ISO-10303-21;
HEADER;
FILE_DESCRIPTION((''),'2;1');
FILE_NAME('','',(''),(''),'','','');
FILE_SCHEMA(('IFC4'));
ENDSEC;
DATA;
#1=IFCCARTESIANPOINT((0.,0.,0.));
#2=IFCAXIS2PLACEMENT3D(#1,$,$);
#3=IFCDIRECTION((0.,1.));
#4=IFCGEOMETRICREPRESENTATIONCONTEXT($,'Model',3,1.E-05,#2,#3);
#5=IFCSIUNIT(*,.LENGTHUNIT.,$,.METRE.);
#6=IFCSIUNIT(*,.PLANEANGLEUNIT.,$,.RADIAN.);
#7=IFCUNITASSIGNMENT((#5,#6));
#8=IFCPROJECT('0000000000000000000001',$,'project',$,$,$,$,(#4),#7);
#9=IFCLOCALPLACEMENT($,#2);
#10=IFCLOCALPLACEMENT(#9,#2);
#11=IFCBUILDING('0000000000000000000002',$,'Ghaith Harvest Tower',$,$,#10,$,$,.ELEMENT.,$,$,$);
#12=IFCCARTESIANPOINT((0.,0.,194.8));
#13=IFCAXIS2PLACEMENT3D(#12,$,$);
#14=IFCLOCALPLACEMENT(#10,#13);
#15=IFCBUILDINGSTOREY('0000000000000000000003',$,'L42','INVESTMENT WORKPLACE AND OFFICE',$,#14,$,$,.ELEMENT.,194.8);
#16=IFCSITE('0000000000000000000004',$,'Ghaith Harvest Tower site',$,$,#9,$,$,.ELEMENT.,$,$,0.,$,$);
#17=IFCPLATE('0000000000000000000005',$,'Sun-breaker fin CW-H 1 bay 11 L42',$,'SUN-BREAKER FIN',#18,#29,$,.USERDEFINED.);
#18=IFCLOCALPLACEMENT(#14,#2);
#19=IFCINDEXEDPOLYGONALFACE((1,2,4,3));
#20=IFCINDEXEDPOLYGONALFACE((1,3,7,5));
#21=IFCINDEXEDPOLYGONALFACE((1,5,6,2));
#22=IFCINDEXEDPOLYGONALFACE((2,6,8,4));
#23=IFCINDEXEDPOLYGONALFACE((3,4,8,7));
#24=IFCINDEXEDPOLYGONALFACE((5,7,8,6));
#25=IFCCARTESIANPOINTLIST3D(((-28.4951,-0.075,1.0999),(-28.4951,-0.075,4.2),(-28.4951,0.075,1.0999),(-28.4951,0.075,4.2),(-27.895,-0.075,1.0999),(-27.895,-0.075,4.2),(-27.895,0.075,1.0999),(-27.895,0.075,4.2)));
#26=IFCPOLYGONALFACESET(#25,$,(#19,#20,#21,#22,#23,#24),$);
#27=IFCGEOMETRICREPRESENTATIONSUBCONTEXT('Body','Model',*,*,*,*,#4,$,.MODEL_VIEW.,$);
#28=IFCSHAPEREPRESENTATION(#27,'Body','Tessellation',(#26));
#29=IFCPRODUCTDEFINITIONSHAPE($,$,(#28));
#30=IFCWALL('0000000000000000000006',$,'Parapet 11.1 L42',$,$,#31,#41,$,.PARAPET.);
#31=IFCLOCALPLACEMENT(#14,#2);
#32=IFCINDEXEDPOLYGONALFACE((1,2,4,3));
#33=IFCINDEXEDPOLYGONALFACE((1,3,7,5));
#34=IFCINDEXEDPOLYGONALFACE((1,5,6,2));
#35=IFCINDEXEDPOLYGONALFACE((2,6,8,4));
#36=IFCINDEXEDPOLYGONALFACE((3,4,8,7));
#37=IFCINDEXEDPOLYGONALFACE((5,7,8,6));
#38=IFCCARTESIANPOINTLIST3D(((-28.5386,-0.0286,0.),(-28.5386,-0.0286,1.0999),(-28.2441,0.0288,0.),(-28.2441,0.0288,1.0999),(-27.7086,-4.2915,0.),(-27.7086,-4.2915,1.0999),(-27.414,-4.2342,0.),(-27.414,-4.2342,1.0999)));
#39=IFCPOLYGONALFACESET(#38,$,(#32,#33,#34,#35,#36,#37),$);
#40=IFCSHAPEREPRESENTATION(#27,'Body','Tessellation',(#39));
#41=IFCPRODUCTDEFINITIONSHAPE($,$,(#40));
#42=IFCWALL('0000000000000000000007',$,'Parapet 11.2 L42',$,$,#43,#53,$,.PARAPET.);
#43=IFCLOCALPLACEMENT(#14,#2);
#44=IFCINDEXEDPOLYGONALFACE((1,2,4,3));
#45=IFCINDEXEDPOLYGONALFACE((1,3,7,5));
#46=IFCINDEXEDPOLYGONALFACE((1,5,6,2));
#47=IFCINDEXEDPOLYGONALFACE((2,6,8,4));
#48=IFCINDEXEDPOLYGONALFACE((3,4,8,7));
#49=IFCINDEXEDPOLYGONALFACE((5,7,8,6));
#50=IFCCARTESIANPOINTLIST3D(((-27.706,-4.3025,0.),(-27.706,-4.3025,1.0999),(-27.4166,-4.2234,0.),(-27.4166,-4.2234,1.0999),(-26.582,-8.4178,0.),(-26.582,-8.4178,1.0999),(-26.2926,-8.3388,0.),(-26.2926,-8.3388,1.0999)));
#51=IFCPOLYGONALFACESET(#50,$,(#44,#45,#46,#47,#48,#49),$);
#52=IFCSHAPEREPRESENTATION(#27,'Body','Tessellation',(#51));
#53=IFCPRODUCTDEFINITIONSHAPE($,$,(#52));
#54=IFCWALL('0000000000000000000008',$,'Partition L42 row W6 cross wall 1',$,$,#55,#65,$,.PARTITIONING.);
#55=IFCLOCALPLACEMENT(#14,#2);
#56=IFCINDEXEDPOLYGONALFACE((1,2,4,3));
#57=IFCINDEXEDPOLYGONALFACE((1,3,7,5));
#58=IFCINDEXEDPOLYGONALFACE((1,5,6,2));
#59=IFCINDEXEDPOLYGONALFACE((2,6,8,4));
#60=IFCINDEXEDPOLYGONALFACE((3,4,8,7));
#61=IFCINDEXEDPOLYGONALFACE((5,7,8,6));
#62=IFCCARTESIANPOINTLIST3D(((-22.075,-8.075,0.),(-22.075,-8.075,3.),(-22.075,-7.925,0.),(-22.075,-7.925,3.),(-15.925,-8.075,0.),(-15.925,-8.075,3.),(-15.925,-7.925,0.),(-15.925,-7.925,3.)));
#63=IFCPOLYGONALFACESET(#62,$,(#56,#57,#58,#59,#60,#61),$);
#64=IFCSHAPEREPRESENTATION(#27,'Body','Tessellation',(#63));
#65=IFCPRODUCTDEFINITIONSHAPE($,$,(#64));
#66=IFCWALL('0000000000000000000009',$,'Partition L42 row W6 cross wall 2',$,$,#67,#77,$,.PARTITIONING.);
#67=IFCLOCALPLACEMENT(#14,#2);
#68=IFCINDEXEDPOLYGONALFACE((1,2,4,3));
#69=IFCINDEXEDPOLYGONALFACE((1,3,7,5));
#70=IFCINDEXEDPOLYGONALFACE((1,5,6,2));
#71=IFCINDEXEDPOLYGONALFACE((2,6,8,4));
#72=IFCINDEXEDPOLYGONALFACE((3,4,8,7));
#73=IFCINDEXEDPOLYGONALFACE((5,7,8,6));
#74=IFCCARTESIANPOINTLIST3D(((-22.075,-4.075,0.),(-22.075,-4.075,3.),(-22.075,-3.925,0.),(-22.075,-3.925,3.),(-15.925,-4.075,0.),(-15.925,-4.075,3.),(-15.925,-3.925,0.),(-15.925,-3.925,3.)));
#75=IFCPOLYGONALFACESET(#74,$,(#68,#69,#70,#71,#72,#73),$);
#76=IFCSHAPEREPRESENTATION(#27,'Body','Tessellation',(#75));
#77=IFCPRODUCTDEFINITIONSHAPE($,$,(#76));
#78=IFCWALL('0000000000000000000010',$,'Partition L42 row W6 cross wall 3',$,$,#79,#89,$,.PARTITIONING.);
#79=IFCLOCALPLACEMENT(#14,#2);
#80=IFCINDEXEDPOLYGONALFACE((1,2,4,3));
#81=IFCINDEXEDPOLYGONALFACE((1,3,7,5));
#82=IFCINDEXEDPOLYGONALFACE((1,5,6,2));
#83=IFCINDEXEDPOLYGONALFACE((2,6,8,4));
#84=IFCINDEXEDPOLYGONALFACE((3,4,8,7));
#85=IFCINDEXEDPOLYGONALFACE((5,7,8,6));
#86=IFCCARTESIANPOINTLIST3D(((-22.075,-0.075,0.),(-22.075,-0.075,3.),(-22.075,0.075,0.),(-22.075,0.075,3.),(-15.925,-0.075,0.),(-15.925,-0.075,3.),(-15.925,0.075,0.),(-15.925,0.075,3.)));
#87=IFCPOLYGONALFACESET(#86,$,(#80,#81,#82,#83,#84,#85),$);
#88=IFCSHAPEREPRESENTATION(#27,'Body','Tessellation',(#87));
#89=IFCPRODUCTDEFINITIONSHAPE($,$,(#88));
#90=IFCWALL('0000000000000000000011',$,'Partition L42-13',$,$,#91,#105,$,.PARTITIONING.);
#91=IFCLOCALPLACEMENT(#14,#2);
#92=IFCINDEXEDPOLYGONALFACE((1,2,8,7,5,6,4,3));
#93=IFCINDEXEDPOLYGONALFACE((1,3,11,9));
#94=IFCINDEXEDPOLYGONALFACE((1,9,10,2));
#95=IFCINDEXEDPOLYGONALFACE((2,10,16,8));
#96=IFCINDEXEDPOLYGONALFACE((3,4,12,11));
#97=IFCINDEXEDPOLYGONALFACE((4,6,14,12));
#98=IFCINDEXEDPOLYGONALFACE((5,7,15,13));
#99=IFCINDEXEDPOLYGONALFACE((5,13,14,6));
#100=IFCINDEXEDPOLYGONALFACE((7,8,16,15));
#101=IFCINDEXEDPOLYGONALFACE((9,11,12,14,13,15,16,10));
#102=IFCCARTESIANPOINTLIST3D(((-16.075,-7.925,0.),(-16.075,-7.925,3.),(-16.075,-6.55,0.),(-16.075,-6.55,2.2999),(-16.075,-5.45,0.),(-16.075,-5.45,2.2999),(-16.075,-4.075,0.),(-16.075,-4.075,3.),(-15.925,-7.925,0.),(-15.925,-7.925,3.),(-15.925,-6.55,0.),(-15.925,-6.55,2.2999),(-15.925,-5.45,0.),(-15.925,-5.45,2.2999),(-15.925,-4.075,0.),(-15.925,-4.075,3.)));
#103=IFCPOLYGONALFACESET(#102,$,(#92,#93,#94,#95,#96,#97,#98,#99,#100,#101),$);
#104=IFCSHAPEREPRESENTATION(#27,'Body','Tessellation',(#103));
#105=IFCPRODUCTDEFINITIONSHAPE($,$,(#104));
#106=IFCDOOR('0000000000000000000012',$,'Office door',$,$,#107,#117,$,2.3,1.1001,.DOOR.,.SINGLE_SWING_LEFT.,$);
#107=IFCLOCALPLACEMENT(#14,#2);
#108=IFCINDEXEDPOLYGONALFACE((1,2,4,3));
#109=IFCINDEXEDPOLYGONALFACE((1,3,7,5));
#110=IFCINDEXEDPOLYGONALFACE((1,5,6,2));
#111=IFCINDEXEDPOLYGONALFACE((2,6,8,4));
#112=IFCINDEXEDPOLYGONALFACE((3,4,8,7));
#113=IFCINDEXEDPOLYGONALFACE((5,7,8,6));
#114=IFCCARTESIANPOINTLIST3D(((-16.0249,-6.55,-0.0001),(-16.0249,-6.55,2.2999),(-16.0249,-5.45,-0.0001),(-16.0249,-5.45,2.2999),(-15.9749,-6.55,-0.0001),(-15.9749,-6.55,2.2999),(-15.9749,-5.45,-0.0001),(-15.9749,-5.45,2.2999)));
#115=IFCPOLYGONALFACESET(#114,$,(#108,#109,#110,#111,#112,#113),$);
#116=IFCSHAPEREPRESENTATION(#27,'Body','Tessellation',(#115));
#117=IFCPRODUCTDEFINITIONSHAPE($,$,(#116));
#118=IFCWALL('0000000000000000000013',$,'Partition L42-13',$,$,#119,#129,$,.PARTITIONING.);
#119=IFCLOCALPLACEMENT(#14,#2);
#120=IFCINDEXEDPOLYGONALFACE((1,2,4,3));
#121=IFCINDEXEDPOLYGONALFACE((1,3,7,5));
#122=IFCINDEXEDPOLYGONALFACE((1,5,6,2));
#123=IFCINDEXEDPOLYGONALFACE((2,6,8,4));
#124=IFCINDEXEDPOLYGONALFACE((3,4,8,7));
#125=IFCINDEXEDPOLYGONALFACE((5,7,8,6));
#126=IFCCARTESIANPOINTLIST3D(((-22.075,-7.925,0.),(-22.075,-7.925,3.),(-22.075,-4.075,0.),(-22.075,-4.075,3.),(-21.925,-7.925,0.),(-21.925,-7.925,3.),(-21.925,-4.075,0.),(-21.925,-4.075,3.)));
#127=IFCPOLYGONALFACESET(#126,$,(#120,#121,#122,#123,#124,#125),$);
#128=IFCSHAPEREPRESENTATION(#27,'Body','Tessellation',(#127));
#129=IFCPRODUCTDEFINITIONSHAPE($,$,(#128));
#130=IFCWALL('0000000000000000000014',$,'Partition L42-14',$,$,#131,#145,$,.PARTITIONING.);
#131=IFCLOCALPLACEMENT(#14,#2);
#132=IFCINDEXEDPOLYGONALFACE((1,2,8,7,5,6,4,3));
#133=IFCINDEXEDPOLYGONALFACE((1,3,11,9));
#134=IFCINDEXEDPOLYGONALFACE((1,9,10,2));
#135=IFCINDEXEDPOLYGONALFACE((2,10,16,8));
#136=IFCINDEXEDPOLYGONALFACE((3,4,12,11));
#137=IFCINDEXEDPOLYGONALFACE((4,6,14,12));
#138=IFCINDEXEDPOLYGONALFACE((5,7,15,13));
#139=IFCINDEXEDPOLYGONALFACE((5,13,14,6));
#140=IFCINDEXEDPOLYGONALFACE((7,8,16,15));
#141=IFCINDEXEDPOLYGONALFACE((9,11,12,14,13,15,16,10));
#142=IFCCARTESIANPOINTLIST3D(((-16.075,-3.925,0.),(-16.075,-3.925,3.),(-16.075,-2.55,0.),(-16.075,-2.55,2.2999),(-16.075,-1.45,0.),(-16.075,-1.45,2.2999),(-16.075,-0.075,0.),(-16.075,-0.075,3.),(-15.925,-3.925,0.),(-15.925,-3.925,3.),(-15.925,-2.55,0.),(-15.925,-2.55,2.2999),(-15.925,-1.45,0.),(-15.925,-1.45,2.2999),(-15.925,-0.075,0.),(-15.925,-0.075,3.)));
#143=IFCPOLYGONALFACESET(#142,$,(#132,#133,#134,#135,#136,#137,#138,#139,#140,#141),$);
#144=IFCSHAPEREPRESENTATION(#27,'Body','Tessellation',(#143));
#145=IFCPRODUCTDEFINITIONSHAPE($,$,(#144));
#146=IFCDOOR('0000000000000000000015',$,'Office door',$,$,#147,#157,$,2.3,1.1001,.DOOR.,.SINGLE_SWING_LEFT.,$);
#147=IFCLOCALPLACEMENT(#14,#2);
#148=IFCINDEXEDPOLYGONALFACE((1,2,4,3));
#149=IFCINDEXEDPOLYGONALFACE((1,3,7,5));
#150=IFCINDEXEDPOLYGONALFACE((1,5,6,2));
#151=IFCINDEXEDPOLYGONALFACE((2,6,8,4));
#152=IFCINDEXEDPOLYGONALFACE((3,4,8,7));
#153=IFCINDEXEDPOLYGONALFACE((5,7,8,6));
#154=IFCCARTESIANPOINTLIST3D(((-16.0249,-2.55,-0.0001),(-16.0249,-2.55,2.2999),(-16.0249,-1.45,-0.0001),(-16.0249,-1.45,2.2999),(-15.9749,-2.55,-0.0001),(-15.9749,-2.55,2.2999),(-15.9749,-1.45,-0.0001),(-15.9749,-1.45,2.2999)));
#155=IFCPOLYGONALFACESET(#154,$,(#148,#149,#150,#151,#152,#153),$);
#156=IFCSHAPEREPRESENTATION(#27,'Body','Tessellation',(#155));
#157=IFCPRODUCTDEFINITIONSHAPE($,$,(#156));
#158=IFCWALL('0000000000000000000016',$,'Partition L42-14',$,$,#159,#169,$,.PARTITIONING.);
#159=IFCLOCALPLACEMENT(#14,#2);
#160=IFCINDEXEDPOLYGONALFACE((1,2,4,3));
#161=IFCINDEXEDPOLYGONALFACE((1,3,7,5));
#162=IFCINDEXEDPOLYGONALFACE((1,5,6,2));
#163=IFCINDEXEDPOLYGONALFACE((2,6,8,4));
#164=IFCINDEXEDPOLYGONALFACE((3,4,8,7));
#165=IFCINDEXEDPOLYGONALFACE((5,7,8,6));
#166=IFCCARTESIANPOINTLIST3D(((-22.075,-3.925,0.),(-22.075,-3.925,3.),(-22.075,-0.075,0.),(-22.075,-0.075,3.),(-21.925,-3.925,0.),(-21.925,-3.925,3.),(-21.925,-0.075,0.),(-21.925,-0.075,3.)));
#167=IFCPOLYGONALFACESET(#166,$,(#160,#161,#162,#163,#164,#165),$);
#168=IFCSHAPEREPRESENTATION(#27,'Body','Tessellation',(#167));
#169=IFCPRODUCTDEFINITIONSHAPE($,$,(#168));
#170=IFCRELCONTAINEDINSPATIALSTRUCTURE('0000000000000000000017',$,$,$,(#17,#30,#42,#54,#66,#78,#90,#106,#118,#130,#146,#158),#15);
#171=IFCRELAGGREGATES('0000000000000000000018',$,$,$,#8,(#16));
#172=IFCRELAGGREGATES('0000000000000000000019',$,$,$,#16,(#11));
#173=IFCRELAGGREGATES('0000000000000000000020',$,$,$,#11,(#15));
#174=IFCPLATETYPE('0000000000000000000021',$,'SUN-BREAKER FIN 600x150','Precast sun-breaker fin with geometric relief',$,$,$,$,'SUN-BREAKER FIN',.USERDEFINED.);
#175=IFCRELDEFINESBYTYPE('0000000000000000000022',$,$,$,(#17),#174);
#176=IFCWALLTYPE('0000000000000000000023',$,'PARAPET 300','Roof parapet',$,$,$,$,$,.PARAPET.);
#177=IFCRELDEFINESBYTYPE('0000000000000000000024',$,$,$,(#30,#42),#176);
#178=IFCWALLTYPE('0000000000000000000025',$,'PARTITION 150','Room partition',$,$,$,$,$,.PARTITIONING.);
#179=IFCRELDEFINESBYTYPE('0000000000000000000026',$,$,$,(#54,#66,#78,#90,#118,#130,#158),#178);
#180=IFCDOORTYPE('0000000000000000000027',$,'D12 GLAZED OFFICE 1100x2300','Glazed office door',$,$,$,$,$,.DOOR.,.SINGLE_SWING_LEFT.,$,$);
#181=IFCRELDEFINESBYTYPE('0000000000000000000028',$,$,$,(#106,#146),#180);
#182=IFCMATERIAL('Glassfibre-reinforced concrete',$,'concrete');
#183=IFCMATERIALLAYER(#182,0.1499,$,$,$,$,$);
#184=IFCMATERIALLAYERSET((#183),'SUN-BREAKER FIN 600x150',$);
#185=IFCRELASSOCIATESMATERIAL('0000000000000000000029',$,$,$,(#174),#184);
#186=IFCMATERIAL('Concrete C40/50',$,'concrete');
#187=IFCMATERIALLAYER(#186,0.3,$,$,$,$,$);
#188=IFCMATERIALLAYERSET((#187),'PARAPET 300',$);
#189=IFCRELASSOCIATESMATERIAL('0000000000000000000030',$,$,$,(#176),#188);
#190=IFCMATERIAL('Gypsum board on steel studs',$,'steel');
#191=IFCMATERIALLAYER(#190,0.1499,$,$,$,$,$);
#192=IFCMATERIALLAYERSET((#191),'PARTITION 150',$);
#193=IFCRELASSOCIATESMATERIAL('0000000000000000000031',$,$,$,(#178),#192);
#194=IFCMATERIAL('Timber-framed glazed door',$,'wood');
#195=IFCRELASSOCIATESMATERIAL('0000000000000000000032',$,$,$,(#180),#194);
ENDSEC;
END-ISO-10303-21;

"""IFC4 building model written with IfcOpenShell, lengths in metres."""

from ifc_helpers import new_model, si_unit, direction, frame, frame_2d, origin, origin_2d, place, context, subcontext, project, spatial, rectangle, extrude, material, layer, layer_set, type_object, element, fill, save


model = new_model("IFC4")

# Units and contexts
model_context = context("Model", 3, precision=1e-05, world=origin(), true_north=direction((0.0, 1.0)))
body_context = subcontext(model_context, "Body", "Model", "MODEL_VIEW")
ifc_project = project(units=[si_unit("LENGTHUNIT", "METRE"), si_unit("PLANEANGLEUNIT", "RADIAN")], contexts=[model_context])

# Site, building, storey
site_placement = place(None, origin())
site = spatial("IfcSite", under=ifc_project, at=site_placement, Name="Ghaith Harvest Tower site", CompositionType="ELEMENT", RefElevation=0.0)
building_placement = place(site_placement, origin())
building = spatial("IfcBuilding", under=site, at=building_placement, Name="Ghaith Harvest Tower", CompositionType="ELEMENT")
storey_placement = place(building_placement, frame((0.0, 0.0, 194.8)))
storey = spatial("IfcBuildingStorey", under=building, at=storey_placement, Name="L42", Description="INVESTMENT WORKPLACE AND OFFICE", CompositionType="ELEMENT", Elevation=194.8)

# Plate
ifc_material_1 = material(Name="Glassfibre-reinforced concrete", Category="concrete")
ifc_layer_1 = layer(ifc_material_1, 0.1499)
ifc_layer_set_1 = layer_set([ifc_layer_1], Name="SUN-BREAKER FIN 600x150")
plate_type_1 = type_object("IfcPlateType", Name="SUN-BREAKER FIN 600x150", Description="Precast sun-breaker fin with geometric relief", ElementType="SUN-BREAKER FIN", PredefinedType="USERDEFINED", material=ifc_layer_set_1)
plate_1_placement = place(storey_placement, frame((-28.1951, 0.0, 1.0999), z_axis=(0.0, 0.0, 1.0), x_axis=(-1.0, 0.0, 0.0)))
element("IfcPlate", 1, at=plate_1_placement, inside=storey, type_object=plate_type_1, Name="Sun-breaker fin CW-H 1 bay 11 L42", ObjectType="SUN-BREAKER FIN", PredefinedType="USERDEFINED", context=body_context, shape_type="SweptSolid", body=[
    extrude(rectangle(XDim=0.6001, YDim=0.1499, at=origin_2d()), origin(), (0.0, 0.0, 1.0), 3.1001),
])

# Walls
ifc_material_2 = material(Name="Concrete C40/50", Category="concrete")
ifc_layer_2 = layer(ifc_material_2, 0.3)
ifc_layer_set_2 = layer_set([ifc_layer_2], Name="PARAPET 300")
wall_type_1 = type_object("IfcWallType", Name="PARAPET 300", Description="Roof parapet", PredefinedType="PARAPET", material=ifc_layer_set_2)
wall_1_placement = place(storey_placement, frame((-28.3914, 0.0, 0.0), z_axis=(0.0, 0.0, 1.0), x_axis=(0.19113, -0.981565, 0.0)))
element("IfcWall", 2, at=wall_1_placement, inside=storey, type_object=wall_type_1, Name="Parapet 11.1 L42", PredefinedType="PARAPET", context=body_context, shape_type="SweptSolid", body=[
    extrude(rectangle(XDim=4.343, YDim=0.3, at=frame_2d((2.1714, 0.0))), origin(), (0.0, 0.0, 1.0), 1.0999),
])
wall_2_placement = place(storey_placement, frame((-27.5613, -4.2629, 0.0), z_axis=(0.0, 0.0, 1.0), x_axis=(0.263471, -0.964667, 0.0)))
element("IfcWall", 3, at=wall_2_placement, inside=storey, type_object=wall_type_1, Name="Parapet 11.2 L42", PredefinedType="PARAPET", context=body_context, shape_type="SweptSolid", body=[
    extrude(rectangle(XDim=4.2661, YDim=0.3, at=frame_2d((2.1331, 0.0))), origin(), (0.0, 0.0, 1.0), 1.0999),
])
ifc_material_3 = material(Name="Gypsum board on steel studs", Category="steel")
ifc_layer_3 = layer(ifc_material_3, 0.1499)
ifc_layer_set_3 = layer_set([ifc_layer_3], Name="PARTITION 150")
wall_type_2 = type_object("IfcWallType", Name="PARTITION 150", Description="Room partition", PredefinedType="PARTITIONING", material=ifc_layer_set_3)
for number, where, z_axis, x_axis, name in (
    (4, (-15.925, -8.0, 0.0), (0.0, 0.0, 1.0), (-1.0, 0.0, 0.0), "Partition L42 row W6 cross wall 1"),
    (5, (-15.925, -4.0, 0.0), (0.0, 0.0, 1.0), (-1.0, 0.0, 0.0), "Partition L42 row W6 cross wall 2"),
    (6, (-15.925, 0.0, 0.0), (0.0, 0.0, 1.0), (-1.0, 0.0, 0.0), "Partition L42 row W6 cross wall 3"),
):
    element("IfcWall", number, at=place(storey_placement, frame(where, z_axis=z_axis, x_axis=x_axis)), inside=storey, type_object=wall_type_2, Name=name, PredefinedType="PARTITIONING", context=body_context, shape_type="SweptSolid", body=[
        extrude(rectangle(XDim=6.1499, YDim=0.1499, at=frame_2d((3.075, 0.0))), origin(), (0.0, 0.0, 1.0), 3.0),
    ])

# Wall, opening, door
wall_3_placement = place(storey_placement, frame((-16.0, -7.925, 0.0), z_axis=(0.0, 0.0, 1.0), x_axis=(0.0, 1.0, 0.0)))
wall_3 = element("IfcWall", 7, at=wall_3_placement, inside=storey, type_object=wall_type_2, Name="Partition L42-13", PredefinedType="PARTITIONING", context=body_context, shape_type="SweptSolid", body=[
    extrude(rectangle(XDim=3.8501, YDim=0.1499, at=frame_2d((1.925, 0.0))), origin(), (0.0, 0.0, 1.0), 3.0),
])
opening_1_placement = place(wall_3_placement, frame((1.375, 0.0, 0.0)))
opening_1 = element("IfcOpeningElement", 8, at=opening_1_placement, cuts=wall_3, PredefinedType="OPENING", context=body_context, shape_type="SweptSolid", body=[
    extrude(rectangle(XDim=1.1001, YDim=2.3, at=frame_2d((0.55, 1.1499))), frame((0.0, 0.085, 0.0), z_axis=(0.0, -1.0, 0.0), x_axis=(1.0, 0.0, 0.0)), (0.0, 0.0, 1.0), 0.1699),
])
ifc_material_4 = material(Name="Timber-framed glazed door", Category="wood")
door_type = type_object("IfcDoorType", Name="D12 GLAZED OFFICE 1100x2300", Description="Glazed office door", OperationType="SINGLE_SWING_LEFT", PredefinedType="DOOR", material=ifc_material_4)
door_1_placement = place(opening_1_placement, origin())
door_1 = element("IfcDoor", 9, at=door_1_placement, inside=storey, type_object=door_type, Name="Office door", OperationType="SINGLE_SWING_LEFT", OverallHeight=2.3, OverallWidth=1.1001, PredefinedType="DOOR", context=body_context, shape_type="SweptSolid", body=[
    extrude(rectangle(XDim=1.1001, YDim=2.3, at=frame_2d((0.55, 1.1499))), frame((0.0, 0.0249, 0.0), z_axis=(0.0, -1.0, 0.0), x_axis=(1.0, 0.0, 0.0)), (0.0, 0.0, 1.0), 0.05),
])
fill(opening_1, door_1)

# Wall
wall_4_placement = place(storey_placement, frame((-22.0, -7.925, 0.0), z_axis=(0.0, 0.0, 1.0), x_axis=(0.0, 1.0, 0.0)))
element("IfcWall", 10, at=wall_4_placement, inside=storey, type_object=wall_type_2, Name="Partition L42-13", PredefinedType="PARTITIONING", context=body_context, shape_type="SweptSolid", body=[
    extrude(rectangle(XDim=3.8501, YDim=0.1499, at=frame_2d((1.925, 0.0))), origin(), (0.0, 0.0, 1.0), 3.0),
])

# Wall, opening, door
wall_5_placement = place(storey_placement, frame((-16.0, -3.925, 0.0), z_axis=(0.0, 0.0, 1.0), x_axis=(0.0, 1.0, 0.0)))
wall_5 = element("IfcWall", 11, at=wall_5_placement, inside=storey, type_object=wall_type_2, Name="Partition L42-14", PredefinedType="PARTITIONING", context=body_context, shape_type="SweptSolid", body=[
    extrude(rectangle(XDim=3.8501, YDim=0.1499, at=frame_2d((1.925, 0.0))), origin(), (0.0, 0.0, 1.0), 3.0),
])
opening_2_placement = place(wall_5_placement, frame((1.375, 0.0, 0.0)))
opening_2 = element("IfcOpeningElement", 12, at=opening_2_placement, cuts=wall_5, PredefinedType="OPENING", context=body_context, shape_type="SweptSolid", body=[
    extrude(rectangle(XDim=1.1001, YDim=2.3, at=frame_2d((0.55, 1.1499))), frame((0.0, 0.085, 0.0), z_axis=(0.0, -1.0, 0.0), x_axis=(1.0, 0.0, 0.0)), (0.0, 0.0, 1.0), 0.1699),
])
door_2_placement = place(opening_2_placement, origin())
door_2 = element("IfcDoor", 13, at=door_2_placement, inside=storey, type_object=door_type, Name="Office door", OperationType="SINGLE_SWING_LEFT", OverallHeight=2.3, OverallWidth=1.1001, PredefinedType="DOOR", context=body_context, shape_type="SweptSolid", body=[
    extrude(rectangle(XDim=1.1001, YDim=2.3, at=frame_2d((0.55, 1.1499))), frame((0.0, 0.0249, 0.0), z_axis=(0.0, -1.0, 0.0), x_axis=(1.0, 0.0, 0.0)), (0.0, 0.0, 1.0), 0.05),
])
fill(opening_2, door_2)

# Wall
wall_6_placement = place(storey_placement, frame((-22.0, -3.925, 0.0), z_axis=(0.0, 0.0, 1.0), x_axis=(0.0, 1.0, 0.0)))
element("IfcWall", 14, at=wall_6_placement, inside=storey, type_object=wall_type_2, Name="Partition L42-14", PredefinedType="PARTITIONING", context=body_context, shape_type="SweptSolid", body=[
    extrude(rectangle(XDim=3.8501, YDim=0.1499, at=frame_2d((1.925, 0.0))), origin(), (0.0, 0.0, 1.0), 3.0),
])

save(model, "model.ifc")
